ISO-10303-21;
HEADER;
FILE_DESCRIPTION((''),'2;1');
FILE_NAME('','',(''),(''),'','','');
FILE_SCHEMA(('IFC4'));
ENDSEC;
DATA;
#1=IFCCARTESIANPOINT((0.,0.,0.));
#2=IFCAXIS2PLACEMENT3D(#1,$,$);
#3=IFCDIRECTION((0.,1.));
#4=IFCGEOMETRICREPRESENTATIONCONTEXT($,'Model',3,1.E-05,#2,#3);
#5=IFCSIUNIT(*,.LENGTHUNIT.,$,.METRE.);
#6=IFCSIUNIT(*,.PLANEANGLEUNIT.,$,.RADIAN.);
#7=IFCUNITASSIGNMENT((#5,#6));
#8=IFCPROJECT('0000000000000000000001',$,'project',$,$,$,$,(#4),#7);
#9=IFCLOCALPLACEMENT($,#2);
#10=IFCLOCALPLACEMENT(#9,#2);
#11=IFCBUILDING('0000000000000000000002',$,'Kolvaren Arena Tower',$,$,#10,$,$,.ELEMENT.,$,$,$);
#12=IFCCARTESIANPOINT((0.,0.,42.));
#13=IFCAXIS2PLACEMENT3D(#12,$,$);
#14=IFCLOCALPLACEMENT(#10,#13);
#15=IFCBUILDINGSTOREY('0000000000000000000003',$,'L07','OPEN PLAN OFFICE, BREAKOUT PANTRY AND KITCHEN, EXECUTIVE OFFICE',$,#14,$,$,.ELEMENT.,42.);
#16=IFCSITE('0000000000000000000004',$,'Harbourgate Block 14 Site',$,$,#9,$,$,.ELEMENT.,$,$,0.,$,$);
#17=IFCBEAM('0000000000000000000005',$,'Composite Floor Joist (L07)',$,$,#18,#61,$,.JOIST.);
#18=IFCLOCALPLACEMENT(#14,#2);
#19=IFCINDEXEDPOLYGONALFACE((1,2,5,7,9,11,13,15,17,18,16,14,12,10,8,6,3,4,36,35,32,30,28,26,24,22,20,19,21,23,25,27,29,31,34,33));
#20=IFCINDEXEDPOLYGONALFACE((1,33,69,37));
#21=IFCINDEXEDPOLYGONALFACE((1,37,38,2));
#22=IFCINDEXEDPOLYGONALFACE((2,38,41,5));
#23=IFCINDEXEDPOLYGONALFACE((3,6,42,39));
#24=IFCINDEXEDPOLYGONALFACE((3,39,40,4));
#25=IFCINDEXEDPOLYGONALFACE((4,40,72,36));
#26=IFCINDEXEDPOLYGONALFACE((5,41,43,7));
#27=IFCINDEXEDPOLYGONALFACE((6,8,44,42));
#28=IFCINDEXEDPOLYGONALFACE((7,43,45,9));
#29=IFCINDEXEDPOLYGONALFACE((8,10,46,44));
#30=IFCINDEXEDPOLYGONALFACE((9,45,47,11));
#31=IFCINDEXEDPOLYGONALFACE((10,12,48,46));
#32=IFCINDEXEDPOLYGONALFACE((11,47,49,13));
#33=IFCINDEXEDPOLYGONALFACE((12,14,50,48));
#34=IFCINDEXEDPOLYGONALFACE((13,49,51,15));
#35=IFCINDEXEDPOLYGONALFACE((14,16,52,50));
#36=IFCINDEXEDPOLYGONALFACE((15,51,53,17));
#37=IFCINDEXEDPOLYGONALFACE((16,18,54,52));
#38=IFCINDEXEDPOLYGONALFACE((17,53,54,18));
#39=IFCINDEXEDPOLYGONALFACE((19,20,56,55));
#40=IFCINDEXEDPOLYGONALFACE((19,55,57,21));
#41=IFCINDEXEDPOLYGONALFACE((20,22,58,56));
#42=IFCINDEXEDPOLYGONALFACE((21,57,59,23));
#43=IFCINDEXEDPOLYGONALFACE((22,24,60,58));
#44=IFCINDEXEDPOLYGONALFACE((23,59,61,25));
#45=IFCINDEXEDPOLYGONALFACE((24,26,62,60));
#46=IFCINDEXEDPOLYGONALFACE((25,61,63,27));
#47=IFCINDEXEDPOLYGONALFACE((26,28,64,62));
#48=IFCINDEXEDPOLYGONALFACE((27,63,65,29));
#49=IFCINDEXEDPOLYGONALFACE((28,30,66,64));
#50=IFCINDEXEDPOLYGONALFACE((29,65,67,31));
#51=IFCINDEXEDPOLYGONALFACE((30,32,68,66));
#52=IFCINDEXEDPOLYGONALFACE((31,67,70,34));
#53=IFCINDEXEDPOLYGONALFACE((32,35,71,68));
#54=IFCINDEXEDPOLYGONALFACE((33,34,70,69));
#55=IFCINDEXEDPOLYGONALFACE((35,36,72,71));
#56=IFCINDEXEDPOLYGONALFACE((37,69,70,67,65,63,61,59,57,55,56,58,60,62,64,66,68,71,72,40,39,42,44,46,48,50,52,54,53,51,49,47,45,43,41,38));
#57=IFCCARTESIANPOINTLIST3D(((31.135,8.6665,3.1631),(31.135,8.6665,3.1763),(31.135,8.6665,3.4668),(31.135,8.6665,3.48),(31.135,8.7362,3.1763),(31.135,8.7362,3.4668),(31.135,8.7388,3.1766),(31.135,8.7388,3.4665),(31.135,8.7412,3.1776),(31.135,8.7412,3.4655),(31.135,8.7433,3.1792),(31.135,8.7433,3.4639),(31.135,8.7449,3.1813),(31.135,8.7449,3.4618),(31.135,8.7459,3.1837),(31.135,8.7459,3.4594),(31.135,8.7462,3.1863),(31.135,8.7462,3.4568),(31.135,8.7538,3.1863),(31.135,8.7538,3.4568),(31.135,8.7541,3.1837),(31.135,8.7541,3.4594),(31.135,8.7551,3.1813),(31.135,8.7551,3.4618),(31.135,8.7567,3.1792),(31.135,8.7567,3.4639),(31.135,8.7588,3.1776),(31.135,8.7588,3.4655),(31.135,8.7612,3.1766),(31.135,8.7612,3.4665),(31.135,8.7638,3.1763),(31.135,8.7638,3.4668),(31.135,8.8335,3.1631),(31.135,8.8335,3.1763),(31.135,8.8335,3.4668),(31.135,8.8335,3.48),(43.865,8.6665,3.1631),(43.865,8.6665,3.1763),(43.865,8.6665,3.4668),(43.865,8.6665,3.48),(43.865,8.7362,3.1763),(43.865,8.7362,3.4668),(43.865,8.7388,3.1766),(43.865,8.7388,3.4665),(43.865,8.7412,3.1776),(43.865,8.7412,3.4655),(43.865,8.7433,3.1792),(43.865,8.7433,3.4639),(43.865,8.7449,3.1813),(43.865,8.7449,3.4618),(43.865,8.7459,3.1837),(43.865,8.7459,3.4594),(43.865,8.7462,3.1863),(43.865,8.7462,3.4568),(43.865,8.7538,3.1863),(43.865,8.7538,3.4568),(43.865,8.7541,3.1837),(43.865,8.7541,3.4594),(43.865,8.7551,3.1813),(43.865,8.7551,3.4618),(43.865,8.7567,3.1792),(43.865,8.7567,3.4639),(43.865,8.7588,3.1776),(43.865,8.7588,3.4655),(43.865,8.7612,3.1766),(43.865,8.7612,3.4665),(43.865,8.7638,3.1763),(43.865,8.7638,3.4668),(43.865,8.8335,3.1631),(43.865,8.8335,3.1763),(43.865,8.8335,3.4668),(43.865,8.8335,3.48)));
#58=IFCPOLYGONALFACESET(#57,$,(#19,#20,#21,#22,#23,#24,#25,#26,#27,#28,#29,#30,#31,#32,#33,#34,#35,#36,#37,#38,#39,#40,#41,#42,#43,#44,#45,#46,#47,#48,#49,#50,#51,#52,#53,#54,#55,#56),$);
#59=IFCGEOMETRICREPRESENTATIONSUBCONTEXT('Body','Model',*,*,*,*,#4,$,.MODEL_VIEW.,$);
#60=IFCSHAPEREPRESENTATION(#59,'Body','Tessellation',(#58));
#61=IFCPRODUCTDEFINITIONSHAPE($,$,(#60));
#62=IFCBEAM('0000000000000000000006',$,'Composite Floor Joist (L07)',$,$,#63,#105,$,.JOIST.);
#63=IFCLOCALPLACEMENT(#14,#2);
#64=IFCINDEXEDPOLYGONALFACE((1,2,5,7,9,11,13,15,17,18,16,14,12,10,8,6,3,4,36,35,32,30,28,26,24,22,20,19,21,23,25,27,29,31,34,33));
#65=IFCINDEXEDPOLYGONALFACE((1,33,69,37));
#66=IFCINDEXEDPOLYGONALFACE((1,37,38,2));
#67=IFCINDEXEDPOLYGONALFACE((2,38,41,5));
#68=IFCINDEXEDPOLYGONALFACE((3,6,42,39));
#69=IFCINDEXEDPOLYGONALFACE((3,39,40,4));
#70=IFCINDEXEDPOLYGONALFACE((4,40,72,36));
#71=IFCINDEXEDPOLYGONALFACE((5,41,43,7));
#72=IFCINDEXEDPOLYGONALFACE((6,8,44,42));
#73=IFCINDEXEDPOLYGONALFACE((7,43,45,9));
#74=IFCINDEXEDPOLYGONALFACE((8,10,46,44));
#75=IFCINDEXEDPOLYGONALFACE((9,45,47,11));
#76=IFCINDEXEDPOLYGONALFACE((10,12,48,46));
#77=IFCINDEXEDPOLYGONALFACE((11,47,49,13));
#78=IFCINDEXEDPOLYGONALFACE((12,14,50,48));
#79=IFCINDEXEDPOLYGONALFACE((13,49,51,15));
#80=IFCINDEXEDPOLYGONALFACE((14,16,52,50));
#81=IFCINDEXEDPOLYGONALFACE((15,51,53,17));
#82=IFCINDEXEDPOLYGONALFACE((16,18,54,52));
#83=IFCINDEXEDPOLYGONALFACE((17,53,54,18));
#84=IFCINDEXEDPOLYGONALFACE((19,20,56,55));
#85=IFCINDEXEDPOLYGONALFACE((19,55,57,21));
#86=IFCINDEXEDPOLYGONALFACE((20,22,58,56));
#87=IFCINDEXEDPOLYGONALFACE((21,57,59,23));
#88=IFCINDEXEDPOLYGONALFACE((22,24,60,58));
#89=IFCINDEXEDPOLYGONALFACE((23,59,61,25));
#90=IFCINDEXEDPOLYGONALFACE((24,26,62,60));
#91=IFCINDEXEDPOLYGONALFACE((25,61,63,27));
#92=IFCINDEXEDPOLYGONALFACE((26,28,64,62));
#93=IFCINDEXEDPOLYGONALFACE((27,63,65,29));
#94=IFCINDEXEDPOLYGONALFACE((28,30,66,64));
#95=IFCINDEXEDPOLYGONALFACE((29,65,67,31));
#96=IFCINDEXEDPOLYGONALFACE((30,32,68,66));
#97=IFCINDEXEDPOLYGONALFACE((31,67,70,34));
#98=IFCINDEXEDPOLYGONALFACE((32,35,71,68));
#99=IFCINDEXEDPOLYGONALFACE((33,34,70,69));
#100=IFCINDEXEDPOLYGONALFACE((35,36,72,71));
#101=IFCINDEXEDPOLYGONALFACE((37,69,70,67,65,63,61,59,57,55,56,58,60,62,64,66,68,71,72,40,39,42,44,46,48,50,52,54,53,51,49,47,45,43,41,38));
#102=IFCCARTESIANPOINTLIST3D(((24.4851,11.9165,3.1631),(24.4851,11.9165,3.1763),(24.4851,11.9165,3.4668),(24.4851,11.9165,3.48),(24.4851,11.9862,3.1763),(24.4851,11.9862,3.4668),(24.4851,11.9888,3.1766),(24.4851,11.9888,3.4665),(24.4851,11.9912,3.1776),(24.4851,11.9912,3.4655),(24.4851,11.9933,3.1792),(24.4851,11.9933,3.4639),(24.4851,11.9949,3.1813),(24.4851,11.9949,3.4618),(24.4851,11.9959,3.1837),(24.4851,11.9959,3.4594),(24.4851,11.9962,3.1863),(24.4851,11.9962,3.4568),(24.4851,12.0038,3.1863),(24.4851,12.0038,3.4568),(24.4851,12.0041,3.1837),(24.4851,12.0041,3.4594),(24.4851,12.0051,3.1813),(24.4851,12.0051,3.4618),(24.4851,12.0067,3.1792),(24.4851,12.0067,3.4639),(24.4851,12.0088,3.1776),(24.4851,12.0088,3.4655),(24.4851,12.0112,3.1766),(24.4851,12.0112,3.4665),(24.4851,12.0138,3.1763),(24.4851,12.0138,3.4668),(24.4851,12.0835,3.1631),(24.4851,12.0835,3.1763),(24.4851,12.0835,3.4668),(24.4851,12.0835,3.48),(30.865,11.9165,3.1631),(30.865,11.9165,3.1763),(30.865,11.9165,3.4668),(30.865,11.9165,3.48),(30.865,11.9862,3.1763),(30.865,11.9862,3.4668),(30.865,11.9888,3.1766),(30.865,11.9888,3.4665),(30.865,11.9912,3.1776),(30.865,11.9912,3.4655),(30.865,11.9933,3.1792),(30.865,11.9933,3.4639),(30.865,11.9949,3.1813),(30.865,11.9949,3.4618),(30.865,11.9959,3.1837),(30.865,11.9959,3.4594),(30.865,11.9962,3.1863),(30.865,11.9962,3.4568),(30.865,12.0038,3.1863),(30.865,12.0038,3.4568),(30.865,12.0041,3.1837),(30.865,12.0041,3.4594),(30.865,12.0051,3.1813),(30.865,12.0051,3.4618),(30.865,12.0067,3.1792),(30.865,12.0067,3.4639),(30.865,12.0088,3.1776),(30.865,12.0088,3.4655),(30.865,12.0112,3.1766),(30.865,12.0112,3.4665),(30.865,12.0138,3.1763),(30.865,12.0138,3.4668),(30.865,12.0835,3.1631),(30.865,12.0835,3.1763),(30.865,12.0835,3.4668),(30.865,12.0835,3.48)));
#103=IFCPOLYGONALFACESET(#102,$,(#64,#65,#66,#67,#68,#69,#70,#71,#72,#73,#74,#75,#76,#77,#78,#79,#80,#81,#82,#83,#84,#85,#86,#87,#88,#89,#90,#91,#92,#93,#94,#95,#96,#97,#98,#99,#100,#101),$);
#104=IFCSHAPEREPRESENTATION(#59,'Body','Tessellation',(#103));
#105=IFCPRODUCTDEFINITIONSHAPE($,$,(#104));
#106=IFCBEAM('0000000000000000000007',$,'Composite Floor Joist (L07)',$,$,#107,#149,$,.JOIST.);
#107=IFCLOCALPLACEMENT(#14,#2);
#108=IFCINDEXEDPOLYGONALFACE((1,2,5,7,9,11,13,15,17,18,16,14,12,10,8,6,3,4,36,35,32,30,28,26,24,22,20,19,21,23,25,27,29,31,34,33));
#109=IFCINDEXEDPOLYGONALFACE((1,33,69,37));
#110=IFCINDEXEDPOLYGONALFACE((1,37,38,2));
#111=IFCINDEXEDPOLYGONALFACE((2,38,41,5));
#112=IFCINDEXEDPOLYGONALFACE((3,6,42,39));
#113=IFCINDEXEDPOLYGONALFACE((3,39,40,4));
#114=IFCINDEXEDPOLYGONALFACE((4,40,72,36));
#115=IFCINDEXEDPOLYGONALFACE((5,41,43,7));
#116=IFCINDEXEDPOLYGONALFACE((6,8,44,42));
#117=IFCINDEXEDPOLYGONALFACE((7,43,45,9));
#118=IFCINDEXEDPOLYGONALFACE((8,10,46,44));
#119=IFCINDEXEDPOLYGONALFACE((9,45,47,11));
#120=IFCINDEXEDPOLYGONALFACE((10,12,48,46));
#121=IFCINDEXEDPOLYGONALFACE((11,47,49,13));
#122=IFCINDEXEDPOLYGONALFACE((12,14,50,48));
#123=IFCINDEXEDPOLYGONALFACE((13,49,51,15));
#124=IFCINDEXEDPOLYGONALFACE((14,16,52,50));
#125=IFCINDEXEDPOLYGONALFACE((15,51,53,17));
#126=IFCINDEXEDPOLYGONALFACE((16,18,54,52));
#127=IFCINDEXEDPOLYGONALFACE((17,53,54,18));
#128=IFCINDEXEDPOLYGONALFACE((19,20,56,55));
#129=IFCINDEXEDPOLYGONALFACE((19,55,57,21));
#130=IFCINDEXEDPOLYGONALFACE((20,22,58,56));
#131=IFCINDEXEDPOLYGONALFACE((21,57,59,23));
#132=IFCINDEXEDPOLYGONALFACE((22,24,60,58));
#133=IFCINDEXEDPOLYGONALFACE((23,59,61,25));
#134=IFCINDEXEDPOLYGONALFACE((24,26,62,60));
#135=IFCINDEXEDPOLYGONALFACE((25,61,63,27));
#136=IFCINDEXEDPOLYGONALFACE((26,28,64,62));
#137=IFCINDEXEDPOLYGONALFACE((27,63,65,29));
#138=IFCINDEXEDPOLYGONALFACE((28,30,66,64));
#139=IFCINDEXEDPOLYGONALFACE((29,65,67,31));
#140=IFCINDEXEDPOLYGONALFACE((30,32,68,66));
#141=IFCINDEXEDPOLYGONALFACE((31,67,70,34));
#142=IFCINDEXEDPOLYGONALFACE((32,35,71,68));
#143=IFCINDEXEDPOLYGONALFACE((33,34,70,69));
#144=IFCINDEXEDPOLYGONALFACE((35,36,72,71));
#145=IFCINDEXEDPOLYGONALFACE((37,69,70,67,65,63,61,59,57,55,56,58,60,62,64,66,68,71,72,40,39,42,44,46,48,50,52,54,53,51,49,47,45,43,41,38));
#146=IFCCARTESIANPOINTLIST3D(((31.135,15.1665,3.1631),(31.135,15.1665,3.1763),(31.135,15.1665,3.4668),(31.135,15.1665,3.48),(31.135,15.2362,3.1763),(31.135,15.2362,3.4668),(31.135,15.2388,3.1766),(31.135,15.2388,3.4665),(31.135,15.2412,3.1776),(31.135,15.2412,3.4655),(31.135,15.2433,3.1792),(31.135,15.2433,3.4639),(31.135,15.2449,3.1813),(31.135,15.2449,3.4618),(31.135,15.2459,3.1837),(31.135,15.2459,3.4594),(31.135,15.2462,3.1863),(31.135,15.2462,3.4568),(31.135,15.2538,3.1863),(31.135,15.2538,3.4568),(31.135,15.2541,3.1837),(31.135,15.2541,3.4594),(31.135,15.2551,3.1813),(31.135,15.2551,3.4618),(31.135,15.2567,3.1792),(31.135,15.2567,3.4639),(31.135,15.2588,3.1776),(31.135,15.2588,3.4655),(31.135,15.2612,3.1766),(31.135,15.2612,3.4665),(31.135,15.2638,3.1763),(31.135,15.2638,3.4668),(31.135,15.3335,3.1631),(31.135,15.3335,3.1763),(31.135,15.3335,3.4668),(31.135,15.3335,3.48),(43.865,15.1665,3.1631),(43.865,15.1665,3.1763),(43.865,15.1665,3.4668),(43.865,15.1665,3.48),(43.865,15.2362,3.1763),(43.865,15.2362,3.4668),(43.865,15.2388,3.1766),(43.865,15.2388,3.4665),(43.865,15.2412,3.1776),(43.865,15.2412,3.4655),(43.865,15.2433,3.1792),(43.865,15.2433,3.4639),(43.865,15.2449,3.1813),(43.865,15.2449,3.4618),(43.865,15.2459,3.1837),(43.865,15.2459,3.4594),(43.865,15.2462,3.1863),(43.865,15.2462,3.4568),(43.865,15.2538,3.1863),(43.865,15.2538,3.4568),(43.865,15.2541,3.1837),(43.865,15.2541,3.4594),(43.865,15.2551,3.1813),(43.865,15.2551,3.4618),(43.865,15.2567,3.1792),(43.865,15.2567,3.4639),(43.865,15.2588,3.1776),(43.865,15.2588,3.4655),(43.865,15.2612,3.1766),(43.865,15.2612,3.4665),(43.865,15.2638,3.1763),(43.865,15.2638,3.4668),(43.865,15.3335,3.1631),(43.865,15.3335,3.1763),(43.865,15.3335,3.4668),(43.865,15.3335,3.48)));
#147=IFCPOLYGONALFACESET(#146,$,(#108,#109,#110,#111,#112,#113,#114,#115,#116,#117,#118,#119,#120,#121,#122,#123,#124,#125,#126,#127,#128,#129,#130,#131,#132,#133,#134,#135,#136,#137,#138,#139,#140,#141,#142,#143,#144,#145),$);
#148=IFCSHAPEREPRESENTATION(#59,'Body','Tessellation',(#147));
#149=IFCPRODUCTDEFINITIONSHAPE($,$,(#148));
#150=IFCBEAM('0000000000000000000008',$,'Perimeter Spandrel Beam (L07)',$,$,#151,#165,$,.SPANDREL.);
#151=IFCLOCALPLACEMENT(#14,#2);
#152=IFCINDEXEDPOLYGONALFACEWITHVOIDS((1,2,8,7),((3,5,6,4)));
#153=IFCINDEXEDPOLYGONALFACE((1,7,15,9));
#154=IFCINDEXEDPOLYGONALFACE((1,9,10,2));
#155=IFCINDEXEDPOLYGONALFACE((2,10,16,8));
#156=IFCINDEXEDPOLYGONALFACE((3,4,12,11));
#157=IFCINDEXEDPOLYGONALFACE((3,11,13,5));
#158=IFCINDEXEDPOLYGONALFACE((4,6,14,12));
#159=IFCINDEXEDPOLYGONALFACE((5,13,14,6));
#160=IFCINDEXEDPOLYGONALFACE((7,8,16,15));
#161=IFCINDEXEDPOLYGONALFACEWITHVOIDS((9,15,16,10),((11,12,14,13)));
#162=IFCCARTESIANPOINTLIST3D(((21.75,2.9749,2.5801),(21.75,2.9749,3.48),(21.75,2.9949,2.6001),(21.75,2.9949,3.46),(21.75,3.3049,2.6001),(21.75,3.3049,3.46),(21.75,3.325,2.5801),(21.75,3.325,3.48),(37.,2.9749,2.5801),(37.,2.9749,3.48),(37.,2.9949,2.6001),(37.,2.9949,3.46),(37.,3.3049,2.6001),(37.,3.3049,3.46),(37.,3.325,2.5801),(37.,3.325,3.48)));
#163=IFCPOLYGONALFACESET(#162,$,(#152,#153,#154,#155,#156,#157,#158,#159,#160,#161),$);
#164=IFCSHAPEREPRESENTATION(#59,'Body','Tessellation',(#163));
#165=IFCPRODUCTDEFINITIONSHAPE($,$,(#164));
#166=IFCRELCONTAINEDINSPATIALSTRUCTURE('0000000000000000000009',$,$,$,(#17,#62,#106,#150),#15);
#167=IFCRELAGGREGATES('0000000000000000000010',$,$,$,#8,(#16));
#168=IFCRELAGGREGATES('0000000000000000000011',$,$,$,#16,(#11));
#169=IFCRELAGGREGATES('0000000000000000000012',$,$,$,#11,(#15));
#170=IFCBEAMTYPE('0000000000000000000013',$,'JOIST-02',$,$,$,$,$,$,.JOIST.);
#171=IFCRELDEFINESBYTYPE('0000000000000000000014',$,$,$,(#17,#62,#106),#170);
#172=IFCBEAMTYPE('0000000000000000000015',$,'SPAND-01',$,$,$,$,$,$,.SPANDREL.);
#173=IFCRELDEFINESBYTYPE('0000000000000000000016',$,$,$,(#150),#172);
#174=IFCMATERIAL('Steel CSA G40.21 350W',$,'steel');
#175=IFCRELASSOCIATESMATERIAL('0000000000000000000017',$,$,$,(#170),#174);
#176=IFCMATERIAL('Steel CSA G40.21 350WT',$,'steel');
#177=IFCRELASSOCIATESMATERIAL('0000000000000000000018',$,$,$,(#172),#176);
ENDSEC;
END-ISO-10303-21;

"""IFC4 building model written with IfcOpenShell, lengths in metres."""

from ifc_helpers import new_model, si_unit, direction, frame, origin, origin_2d, place, context, subcontext, project, spatial, hollow_rectangle, i_section, extrude, material, material_profile, profile_set, type_object, element, save


model = new_model("IFC4")

# Units and contexts
model_context = context("Model", 3, precision=1e-05, world=origin(), true_north=direction((0.0, 1.0)))
body_context = subcontext(model_context, "Body", "Model", "MODEL_VIEW")
ifc_project = project(units=[si_unit("LENGTHUNIT", "METRE"), si_unit("PLANEANGLEUNIT", "RADIAN")], contexts=[model_context])

# Site, building, storey
site_placement = place(None, origin())
site = spatial("IfcSite", under=ifc_project, at=site_placement, Name="Harbourgate Block 14 Site", CompositionType="ELEMENT", RefElevation=0.0)
building_placement = place(site_placement, origin())
building = spatial("IfcBuilding", under=site, at=building_placement, Name="Kolvaren Arena Tower", CompositionType="ELEMENT")
storey_placement = place(building_placement, frame((0.0, 0.0, 42.0)))
storey = spatial("IfcBuildingStorey", under=building, at=storey_placement, Name="L07", Description="OPEN PLAN OFFICE, BREAKOUT PANTRY AND KITCHEN, EXECUTIVE OFFICE", CompositionType="ELEMENT", Elevation=42.0)

# Beams
ifc_material_1 = material(Name="Steel CSA G40.21 350W", Category="steel")
ifc_material_profile_1 = material_profile(ifc_material_1, i_section(OverallWidth=0.167, OverallDepth=0.3169, WebThickness=0.0076, FlangeThickness=0.0132, FilletRadius=0.01, at=origin_2d()), Name="W310x52")
ifc_profile_set_1 = profile_set([ifc_material_profile_1], Name="Steel CSA G40.21 350W")
beam_type_1 = type_object("IfcBeamType", Name="JOIST-02", PredefinedType="JOIST", material=ifc_profile_set_1)
beam_1_placement = place(storey_placement, frame((31.135, 8.75, 3.3215), z_axis=(1.0, 0.0, 0.0), x_axis=(0.0, 1.0, 0.0)))
element("IfcBeam", 1, at=beam_1_placement, inside=storey, type_object=beam_type_1, Name="Composite Floor Joist (L07)", PredefinedType="JOIST", context=body_context, shape_type="SweptSolid", body=[
    extrude(i_section(OverallWidth=0.167, OverallDepth=0.3169, WebThickness=0.0076, FlangeThickness=0.0132, FilletRadius=0.01, at=origin_2d()), origin(), (0.0, 0.0, 1.0), 12.73),
])
beam_2_placement = place(storey_placement, frame((24.4851, 12.0, 3.3215), z_axis=(1.0, 0.0, 0.0), x_axis=(0.0, 1.0, 0.0)))
element("IfcBeam", 2, at=beam_2_placement, inside=storey, type_object=beam_type_1, Name="Composite Floor Joist (L07)", PredefinedType="JOIST", context=body_context, shape_type="SweptSolid", body=[
    extrude(i_section(OverallWidth=0.167, OverallDepth=0.3169, WebThickness=0.0076, FlangeThickness=0.0132, FilletRadius=0.01, at=origin_2d()), origin(), (0.0, 0.0, 1.0), 6.3799),
])
beam_3_placement = place(storey_placement, frame((31.135, 15.25, 3.3215), z_axis=(1.0, 0.0, 0.0), x_axis=(0.0, 1.0, 0.0)))
element("IfcBeam", 3, at=beam_3_placement, inside=storey, type_object=beam_type_1, Name="Composite Floor Joist (L07)", PredefinedType="JOIST", context=body_context, shape_type="SweptSolid", body=[
    extrude(i_section(OverallWidth=0.167, OverallDepth=0.3169, WebThickness=0.0076, FlangeThickness=0.0132, FilletRadius=0.01, at=origin_2d()), origin(), (0.0, 0.0, 1.0), 12.73),
])
ifc_material_2 = material(Name="Steel CSA G40.21 350WT", Category="steel")
ifc_material_profile_2 = material_profile(ifc_material_2, hollow_rectangle(XDim=0.3501, YDim=0.8999, WallThickness=0.02, at=origin_2d()), Name="HSS 900x350x20")
ifc_profile_set_2 = profile_set([ifc_material_profile_2], Name="Steel CSA G40.21 350WT")
beam_type_2 = type_object("IfcBeamType", Name="SPAND-01", PredefinedType="SPANDREL", material=ifc_profile_set_2)
beam_4_placement = place(storey_placement, frame((21.75, 3.1499, 3.03), z_axis=(1.0, 0.0, 0.0), x_axis=(0.0, 1.0, 0.0)))
element("IfcBeam", 4, at=beam_4_placement, inside=storey, type_object=beam_type_2, Name="Perimeter Spandrel Beam (L07)", PredefinedType="SPANDREL", context=body_context, shape_type="SweptSolid", body=[
    extrude(hollow_rectangle(XDim=0.3501, YDim=0.8999, WallThickness=0.02, at=origin_2d()), origin(), (0.0, 0.0, 1.0), 15.25),
])

save(model, "model.ifc")
